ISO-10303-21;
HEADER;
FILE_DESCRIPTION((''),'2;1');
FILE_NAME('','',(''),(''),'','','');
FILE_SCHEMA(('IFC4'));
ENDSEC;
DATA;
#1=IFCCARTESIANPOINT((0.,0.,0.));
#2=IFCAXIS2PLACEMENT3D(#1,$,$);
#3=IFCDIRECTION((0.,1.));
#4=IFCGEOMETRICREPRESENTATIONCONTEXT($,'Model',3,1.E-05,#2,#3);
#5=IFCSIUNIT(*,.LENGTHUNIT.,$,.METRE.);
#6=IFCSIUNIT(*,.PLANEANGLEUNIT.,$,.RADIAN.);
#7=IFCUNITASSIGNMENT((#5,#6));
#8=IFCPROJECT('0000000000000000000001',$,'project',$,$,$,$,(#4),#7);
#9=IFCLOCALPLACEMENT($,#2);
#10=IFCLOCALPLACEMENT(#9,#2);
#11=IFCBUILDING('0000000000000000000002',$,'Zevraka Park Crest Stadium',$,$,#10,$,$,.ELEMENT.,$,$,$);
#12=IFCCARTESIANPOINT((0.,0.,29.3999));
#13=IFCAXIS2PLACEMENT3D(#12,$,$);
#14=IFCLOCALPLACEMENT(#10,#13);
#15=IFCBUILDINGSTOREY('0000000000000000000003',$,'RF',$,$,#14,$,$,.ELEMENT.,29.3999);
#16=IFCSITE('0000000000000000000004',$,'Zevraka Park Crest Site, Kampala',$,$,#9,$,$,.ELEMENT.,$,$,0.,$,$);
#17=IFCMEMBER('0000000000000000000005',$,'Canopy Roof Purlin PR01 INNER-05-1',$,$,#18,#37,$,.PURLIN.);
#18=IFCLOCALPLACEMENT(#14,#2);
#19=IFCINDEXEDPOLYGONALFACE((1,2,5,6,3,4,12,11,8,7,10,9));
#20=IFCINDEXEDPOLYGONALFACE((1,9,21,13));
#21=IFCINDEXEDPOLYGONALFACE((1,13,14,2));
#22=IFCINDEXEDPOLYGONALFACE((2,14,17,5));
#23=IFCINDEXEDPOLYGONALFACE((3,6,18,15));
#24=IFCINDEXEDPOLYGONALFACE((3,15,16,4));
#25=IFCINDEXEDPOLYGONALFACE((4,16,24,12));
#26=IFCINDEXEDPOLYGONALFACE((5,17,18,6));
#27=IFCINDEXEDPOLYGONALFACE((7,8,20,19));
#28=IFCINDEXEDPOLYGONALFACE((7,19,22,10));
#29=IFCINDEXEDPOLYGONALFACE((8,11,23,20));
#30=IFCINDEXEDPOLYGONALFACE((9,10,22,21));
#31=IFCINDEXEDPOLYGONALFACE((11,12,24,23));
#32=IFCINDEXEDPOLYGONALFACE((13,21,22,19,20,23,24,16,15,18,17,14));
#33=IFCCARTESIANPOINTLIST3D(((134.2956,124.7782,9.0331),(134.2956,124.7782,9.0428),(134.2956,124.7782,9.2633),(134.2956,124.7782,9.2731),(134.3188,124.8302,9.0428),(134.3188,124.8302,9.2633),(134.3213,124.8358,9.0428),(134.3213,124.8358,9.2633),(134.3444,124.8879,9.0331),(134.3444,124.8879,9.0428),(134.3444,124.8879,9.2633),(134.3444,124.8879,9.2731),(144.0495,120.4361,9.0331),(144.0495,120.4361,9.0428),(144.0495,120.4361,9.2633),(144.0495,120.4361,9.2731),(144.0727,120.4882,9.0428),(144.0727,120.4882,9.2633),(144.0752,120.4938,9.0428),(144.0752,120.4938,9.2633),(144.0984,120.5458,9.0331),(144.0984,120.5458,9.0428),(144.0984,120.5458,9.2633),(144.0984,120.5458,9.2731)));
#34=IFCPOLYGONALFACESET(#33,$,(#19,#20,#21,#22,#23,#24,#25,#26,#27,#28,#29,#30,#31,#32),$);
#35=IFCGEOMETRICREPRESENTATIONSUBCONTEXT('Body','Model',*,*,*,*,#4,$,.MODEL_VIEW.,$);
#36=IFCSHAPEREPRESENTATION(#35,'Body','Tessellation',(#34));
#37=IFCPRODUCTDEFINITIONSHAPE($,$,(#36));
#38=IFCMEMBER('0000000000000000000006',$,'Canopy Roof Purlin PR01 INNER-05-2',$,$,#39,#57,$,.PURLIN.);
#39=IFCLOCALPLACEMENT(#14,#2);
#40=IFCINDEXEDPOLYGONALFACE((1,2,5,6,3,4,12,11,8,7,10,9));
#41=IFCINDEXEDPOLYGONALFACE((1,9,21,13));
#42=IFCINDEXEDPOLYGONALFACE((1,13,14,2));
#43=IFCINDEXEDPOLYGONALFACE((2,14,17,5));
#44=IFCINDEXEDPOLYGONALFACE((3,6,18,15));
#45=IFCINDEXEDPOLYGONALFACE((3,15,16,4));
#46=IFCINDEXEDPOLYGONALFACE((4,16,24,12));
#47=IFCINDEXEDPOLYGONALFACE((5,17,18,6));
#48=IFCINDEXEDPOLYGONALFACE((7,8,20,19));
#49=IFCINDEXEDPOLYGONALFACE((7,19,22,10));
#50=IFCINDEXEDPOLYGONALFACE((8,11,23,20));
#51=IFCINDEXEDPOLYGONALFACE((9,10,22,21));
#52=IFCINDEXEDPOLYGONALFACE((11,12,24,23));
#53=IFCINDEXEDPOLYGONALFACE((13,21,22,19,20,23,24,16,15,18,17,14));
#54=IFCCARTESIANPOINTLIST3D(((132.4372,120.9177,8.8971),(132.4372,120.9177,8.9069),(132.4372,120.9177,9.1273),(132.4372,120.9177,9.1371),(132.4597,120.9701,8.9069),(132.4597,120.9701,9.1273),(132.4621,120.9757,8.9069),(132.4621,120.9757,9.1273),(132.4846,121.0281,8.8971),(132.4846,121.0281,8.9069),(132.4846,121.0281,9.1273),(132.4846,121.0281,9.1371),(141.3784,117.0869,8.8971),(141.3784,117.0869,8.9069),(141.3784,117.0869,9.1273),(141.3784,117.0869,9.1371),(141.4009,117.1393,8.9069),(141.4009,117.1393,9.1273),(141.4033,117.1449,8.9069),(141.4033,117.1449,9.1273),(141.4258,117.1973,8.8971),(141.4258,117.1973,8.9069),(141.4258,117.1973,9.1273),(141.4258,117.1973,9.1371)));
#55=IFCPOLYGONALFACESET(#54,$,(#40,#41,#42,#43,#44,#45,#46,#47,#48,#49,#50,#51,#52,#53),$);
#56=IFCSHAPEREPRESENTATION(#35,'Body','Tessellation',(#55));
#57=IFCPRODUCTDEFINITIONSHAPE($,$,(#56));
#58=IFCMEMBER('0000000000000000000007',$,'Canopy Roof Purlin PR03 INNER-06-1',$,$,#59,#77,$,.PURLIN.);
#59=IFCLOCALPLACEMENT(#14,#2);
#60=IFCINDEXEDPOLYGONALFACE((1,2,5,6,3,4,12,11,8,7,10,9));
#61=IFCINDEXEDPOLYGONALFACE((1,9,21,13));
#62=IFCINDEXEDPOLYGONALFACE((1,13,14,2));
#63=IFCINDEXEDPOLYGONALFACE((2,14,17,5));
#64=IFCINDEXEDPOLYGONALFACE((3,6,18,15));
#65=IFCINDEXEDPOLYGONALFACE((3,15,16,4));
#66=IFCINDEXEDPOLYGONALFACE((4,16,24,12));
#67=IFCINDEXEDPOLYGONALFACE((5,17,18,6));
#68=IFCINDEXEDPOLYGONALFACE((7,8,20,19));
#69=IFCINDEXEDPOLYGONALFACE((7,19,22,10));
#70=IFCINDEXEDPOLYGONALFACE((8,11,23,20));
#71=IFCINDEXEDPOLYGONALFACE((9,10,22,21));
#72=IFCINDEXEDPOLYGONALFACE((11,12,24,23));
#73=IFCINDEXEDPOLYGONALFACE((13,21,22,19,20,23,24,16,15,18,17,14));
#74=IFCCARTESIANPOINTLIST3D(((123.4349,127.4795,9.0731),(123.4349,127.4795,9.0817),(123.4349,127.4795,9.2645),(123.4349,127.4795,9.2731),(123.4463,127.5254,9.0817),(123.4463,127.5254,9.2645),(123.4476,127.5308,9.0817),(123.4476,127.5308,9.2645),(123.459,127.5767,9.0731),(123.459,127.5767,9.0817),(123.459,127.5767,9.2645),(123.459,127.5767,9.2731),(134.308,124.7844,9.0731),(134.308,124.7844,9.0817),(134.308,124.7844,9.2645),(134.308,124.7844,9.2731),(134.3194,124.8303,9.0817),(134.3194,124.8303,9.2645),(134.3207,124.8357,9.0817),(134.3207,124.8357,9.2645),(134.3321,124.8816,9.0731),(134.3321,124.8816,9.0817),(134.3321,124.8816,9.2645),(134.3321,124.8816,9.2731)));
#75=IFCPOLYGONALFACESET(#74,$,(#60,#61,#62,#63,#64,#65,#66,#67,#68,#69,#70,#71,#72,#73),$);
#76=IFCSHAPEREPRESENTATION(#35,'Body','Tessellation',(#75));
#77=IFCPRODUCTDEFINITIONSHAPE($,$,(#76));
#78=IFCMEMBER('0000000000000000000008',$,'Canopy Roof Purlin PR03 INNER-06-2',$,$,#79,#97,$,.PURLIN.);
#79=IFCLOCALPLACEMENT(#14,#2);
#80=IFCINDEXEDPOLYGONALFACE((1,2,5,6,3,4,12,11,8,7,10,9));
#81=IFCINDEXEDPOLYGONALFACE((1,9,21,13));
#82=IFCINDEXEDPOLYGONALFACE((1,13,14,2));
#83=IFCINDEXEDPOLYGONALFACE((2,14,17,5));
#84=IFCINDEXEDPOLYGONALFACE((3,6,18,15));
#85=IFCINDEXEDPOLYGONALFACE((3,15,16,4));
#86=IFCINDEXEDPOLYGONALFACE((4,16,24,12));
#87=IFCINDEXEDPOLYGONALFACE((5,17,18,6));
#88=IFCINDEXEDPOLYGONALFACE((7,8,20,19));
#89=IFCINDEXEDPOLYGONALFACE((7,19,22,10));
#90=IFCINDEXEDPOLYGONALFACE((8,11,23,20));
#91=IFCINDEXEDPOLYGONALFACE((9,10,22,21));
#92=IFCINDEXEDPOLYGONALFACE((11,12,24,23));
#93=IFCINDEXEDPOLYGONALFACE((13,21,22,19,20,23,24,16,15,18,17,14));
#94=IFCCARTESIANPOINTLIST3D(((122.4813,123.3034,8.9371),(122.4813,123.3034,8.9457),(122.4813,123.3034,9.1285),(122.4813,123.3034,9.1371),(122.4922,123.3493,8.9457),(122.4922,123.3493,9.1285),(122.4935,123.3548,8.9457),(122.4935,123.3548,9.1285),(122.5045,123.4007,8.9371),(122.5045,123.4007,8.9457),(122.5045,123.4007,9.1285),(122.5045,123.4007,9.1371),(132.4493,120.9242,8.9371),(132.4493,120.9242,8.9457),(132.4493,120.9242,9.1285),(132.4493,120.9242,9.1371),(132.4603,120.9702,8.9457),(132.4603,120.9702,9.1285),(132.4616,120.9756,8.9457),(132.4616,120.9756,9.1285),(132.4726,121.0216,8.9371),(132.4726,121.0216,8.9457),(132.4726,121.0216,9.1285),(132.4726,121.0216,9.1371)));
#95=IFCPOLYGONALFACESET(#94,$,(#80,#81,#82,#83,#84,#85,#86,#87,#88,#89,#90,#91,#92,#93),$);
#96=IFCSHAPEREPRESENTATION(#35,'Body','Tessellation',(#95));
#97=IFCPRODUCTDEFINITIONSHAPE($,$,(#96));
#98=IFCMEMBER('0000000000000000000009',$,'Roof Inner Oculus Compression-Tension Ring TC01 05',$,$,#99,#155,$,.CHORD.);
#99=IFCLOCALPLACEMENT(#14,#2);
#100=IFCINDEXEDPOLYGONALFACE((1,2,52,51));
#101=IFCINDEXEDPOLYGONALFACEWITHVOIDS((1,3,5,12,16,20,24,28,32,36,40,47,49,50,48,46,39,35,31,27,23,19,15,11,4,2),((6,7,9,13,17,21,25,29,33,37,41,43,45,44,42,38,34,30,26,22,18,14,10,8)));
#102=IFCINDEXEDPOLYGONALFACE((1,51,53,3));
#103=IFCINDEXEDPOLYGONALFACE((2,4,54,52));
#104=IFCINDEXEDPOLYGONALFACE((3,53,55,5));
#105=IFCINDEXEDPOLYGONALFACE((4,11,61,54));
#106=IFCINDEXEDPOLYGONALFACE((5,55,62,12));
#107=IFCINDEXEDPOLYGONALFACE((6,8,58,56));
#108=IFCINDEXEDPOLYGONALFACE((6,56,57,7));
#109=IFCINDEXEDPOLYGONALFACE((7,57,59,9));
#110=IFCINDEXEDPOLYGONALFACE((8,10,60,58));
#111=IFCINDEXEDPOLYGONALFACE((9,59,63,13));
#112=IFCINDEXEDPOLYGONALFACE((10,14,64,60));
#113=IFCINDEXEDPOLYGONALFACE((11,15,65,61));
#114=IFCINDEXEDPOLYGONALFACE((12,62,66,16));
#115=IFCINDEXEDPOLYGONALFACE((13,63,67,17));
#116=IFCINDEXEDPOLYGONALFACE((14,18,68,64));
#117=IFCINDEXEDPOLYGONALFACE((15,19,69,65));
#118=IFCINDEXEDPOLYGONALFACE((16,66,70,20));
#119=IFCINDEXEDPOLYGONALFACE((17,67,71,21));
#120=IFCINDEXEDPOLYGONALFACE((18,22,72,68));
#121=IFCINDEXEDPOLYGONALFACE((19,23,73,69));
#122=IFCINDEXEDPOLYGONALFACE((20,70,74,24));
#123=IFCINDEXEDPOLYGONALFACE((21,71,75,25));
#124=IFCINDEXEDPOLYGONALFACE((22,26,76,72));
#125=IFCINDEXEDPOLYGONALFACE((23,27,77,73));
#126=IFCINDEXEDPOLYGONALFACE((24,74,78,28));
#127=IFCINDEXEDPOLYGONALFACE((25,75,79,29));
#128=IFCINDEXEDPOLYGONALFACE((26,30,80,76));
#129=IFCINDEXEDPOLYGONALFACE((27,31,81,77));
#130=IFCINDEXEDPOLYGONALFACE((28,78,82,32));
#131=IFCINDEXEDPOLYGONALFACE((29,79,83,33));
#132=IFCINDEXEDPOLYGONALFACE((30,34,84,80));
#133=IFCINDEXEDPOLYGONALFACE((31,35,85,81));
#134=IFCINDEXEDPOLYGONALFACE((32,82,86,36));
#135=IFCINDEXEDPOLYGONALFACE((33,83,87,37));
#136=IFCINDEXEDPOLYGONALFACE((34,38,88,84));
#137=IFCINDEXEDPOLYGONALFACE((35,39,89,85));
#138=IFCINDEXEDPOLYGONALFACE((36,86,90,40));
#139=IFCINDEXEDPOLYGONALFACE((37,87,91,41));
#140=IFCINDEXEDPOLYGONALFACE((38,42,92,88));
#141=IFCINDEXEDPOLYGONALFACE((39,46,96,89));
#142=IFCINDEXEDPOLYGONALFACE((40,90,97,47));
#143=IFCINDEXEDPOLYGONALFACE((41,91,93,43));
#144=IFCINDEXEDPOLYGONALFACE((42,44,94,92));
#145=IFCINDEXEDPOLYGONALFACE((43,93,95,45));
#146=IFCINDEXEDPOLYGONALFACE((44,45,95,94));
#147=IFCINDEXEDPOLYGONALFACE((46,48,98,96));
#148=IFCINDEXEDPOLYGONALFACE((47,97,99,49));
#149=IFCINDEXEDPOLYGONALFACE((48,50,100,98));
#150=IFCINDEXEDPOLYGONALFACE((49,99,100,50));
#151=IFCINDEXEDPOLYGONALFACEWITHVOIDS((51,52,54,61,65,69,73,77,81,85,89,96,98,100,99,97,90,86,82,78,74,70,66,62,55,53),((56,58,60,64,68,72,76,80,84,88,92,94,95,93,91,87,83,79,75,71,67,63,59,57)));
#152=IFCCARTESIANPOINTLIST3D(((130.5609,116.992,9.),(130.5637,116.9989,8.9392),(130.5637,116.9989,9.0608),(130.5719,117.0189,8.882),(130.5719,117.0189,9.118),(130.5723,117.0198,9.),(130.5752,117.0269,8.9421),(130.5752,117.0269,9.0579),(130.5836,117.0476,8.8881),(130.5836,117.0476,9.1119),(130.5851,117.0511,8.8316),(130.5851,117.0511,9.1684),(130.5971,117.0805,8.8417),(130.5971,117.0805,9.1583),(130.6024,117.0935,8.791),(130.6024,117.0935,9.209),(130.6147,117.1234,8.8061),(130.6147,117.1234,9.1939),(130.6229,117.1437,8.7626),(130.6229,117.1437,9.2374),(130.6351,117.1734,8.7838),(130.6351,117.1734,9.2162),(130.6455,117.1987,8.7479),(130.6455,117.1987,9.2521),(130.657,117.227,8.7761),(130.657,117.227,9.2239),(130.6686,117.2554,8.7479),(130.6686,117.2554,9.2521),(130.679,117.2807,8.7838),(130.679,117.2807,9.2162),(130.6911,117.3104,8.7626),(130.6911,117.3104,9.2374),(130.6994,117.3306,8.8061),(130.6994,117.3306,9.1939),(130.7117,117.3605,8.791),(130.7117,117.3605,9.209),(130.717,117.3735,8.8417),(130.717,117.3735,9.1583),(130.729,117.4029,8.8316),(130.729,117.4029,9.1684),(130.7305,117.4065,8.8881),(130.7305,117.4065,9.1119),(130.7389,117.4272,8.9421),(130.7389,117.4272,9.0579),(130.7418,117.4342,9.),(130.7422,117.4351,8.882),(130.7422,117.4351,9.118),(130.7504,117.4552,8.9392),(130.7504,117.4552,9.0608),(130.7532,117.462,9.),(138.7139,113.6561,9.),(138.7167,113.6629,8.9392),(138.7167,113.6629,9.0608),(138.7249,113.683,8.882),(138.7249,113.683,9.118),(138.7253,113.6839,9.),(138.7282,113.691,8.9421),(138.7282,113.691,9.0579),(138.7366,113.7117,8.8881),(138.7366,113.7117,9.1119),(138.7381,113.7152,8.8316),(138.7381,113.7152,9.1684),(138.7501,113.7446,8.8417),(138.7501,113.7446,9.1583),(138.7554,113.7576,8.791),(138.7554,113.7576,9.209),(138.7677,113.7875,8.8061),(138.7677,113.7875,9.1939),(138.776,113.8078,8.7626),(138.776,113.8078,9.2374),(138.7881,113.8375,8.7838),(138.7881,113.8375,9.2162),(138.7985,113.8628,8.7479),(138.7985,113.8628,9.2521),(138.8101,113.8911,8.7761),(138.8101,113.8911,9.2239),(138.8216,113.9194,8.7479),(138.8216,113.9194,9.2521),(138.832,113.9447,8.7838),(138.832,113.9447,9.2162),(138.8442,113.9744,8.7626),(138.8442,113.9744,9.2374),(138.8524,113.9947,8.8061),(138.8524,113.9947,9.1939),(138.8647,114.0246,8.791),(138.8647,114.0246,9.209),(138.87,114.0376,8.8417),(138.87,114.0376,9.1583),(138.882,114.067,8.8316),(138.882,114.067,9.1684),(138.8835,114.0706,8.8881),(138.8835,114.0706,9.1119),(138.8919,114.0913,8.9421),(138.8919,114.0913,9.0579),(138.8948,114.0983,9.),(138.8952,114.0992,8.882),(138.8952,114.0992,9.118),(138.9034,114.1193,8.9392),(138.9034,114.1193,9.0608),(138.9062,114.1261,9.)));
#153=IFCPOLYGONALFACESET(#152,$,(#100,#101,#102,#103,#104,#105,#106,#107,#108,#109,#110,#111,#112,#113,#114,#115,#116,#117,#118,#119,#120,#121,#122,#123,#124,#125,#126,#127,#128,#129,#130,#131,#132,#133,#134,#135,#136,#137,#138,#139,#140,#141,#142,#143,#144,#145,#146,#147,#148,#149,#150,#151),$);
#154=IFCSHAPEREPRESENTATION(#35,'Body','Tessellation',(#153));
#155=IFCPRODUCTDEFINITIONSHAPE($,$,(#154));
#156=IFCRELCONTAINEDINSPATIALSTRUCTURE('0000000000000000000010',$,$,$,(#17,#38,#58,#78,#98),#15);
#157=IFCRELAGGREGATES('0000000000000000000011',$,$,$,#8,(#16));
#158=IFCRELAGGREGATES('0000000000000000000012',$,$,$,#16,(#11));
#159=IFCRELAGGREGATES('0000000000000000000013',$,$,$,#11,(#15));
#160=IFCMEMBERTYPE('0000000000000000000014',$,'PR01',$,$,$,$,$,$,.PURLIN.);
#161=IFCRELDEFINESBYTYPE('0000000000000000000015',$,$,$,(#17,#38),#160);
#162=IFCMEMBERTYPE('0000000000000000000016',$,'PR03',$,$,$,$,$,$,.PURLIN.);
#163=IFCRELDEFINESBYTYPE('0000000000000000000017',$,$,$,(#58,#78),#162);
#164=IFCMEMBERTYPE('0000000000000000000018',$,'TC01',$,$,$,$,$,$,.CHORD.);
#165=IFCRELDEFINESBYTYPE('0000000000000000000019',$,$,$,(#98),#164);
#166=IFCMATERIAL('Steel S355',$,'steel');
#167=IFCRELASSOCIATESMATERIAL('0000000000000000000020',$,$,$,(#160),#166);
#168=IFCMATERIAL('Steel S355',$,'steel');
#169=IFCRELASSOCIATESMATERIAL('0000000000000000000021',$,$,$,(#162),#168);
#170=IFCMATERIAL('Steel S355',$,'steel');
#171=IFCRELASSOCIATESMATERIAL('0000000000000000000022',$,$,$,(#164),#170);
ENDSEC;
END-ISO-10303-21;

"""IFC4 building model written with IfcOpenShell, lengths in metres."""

from ifc_helpers import new_model, si_unit, direction, frame, origin, origin_2d, place, context, subcontext, project, spatial, hollow_circle, i_section, extrude, material, material_profile, profile_set, type_object, element, save


model = new_model("IFC4")

# Units and contexts
model_context = context("Model", 3, precision=1e-05, world=origin(), true_north=direction((0.0, 1.0)))
body_context = subcontext(model_context, "Body", "Model", "MODEL_VIEW")
ifc_project = project(units=[si_unit("LENGTHUNIT", "METRE"), si_unit("PLANEANGLEUNIT", "RADIAN")], contexts=[model_context])

# Site, building, storey
site_placement = place(None, origin())
site = spatial("IfcSite", under=ifc_project, at=site_placement, Name="Zevraka Park Crest Site, Kampala", CompositionType="ELEMENT", RefElevation=0.0)
building_placement = place(site_placement, origin())
building = spatial("IfcBuilding", under=site, at=building_placement, Name="Zevraka Park Crest Stadium", CompositionType="ELEMENT")
storey_placement = place(building_placement, frame((0.0, 0.0, 29.3999)))
storey = spatial("IfcBuildingStorey", under=building, at=storey_placement, Name="RF", CompositionType="ELEMENT", Elevation=29.3999)

# Members
ifc_material_1 = material(Name="Steel S355", Category="steel")
ifc_material_profile_1 = material_profile(ifc_material_1, i_section(OverallWidth=0.1201, OverallDepth=0.24, WebThickness=0.0061, FlangeThickness=0.0098, at=origin_2d()), Name="IPE 240")
ifc_profile_set_1 = profile_set([ifc_material_profile_1], Name="Steel S355")
member_type_1 = type_object("IfcMemberType", Name="PR01", PredefinedType="PURLIN", material=ifc_profile_set_1)
member_1_placement = place(storey_placement, frame((144.074, 120.491, 9.1531), z_axis=(-0.913569, 0.406684, 0.0), x_axis=(-0.406684, -0.913569, 0.0)))
element("IfcMember", 1, at=member_1_placement, inside=storey, type_object=member_type_1, Name="Canopy Roof Purlin PR01 INNER-05-1", PredefinedType="PURLIN", context=body_context, shape_type="SweptSolid", body=[
    extrude(i_section(OverallWidth=0.1201, OverallDepth=0.24, WebThickness=0.0061, FlangeThickness=0.0098, at=origin_2d()), origin(), (0.0, 0.0, 1.0), 10.6768),
])
member_2_placement = place(storey_placement, frame((141.4021, 117.1421, 9.0171), z_axis=(-0.919187, 0.393822, 0.0), x_axis=(-0.393822, -0.919187, 0.0)))
element("IfcMember", 2, at=member_2_placement, inside=storey, type_object=member_type_1, Name="Canopy Roof Purlin PR01 INNER-05-2", PredefinedType="PURLIN", context=body_context, shape_type="SweptSolid", body=[
    extrude(i_section(OverallWidth=0.1201, OverallDepth=0.24, WebThickness=0.0061, FlangeThickness=0.0098, at=origin_2d()), origin(), (0.0, 0.0, 1.0), 9.7273),
])
ifc_material_2 = material(Name="Steel S355", Category="steel")
ifc_material_profile_2 = material_profile(ifc_material_2, i_section(OverallWidth=0.1001, OverallDepth=0.2, WebThickness=0.0056, FlangeThickness=0.0085, at=origin_2d()), Name="IPE 200")
ifc_profile_set_2 = profile_set([ifc_material_profile_2], Name="Steel S355")
member_type_2 = type_object("IfcMemberType", Name="PR03", PredefinedType="PURLIN", material=ifc_profile_set_2)
member_3_placement = place(storey_placement, frame((134.3201, 124.833, 9.1731), z_axis=(-0.970628, 0.240586, 0.0), x_axis=(-0.240586, -0.970628, 0.0)))
element("IfcMember", 3, at=member_3_placement, inside=storey, type_object=member_type_2, Name="Canopy Roof Purlin PR03 INNER-06-1", PredefinedType="PURLIN", context=body_context, shape_type="SweptSolid", body=[
    extrude(i_section(OverallWidth=0.1001, OverallDepth=0.2, WebThickness=0.0056, FlangeThickness=0.0085, at=origin_2d()), origin(), (0.0, 0.0, 1.0), 11.2021),
])
member_4_placement = place(storey_placement, frame((132.4609, 120.9729, 9.0371), z_axis=(-0.972678, 0.232157, 0.0), x_axis=(-0.232157, -0.972678, 0.0)))
element("IfcMember", 4, at=member_4_placement, inside=storey, type_object=member_type_2, Name="Canopy Roof Purlin PR03 INNER-06-2", PredefinedType="PURLIN", context=body_context, shape_type="SweptSolid", body=[
    extrude(i_section(OverallWidth=0.1001, OverallDepth=0.2, WebThickness=0.0056, FlangeThickness=0.0085, at=origin_2d()), origin(), (0.0, 0.0, 1.0), 10.248),
])
ifc_material_3 = material(Name="Steel S355", Category="steel")
ifc_material_profile_3 = material_profile(ifc_material_3, hollow_circle(Radius=0.2539, WallThickness=0.03, at=origin_2d()), Name="CHS 508.0x30")
ifc_profile_set_3 = profile_set([ifc_material_profile_3], Name="Steel S355")
member_type_3 = type_object("IfcMemberType", Name="TC01", PredefinedType="CHORD", material=ifc_profile_set_3)
member_5_placement = place(storey_placement, frame((138.8101, 113.8911, 9.0), z_axis=(-0.925524, 0.37869, 0.0), x_axis=(-0.37869, -0.925524, 0.0)))
element("IfcMember", 5, at=member_5_placement, inside=storey, type_object=member_type_3, Name="Roof Inner Oculus Compression-Tension Ring TC01 05", PredefinedType="CHORD", context=body_context, shape_type="SweptSolid", body=[
    extrude(hollow_circle(Radius=0.2539, WallThickness=0.03, at=origin_2d()), origin(), (0.0, 0.0, 1.0), 8.8091),
])

save(model, "model.ifc")
